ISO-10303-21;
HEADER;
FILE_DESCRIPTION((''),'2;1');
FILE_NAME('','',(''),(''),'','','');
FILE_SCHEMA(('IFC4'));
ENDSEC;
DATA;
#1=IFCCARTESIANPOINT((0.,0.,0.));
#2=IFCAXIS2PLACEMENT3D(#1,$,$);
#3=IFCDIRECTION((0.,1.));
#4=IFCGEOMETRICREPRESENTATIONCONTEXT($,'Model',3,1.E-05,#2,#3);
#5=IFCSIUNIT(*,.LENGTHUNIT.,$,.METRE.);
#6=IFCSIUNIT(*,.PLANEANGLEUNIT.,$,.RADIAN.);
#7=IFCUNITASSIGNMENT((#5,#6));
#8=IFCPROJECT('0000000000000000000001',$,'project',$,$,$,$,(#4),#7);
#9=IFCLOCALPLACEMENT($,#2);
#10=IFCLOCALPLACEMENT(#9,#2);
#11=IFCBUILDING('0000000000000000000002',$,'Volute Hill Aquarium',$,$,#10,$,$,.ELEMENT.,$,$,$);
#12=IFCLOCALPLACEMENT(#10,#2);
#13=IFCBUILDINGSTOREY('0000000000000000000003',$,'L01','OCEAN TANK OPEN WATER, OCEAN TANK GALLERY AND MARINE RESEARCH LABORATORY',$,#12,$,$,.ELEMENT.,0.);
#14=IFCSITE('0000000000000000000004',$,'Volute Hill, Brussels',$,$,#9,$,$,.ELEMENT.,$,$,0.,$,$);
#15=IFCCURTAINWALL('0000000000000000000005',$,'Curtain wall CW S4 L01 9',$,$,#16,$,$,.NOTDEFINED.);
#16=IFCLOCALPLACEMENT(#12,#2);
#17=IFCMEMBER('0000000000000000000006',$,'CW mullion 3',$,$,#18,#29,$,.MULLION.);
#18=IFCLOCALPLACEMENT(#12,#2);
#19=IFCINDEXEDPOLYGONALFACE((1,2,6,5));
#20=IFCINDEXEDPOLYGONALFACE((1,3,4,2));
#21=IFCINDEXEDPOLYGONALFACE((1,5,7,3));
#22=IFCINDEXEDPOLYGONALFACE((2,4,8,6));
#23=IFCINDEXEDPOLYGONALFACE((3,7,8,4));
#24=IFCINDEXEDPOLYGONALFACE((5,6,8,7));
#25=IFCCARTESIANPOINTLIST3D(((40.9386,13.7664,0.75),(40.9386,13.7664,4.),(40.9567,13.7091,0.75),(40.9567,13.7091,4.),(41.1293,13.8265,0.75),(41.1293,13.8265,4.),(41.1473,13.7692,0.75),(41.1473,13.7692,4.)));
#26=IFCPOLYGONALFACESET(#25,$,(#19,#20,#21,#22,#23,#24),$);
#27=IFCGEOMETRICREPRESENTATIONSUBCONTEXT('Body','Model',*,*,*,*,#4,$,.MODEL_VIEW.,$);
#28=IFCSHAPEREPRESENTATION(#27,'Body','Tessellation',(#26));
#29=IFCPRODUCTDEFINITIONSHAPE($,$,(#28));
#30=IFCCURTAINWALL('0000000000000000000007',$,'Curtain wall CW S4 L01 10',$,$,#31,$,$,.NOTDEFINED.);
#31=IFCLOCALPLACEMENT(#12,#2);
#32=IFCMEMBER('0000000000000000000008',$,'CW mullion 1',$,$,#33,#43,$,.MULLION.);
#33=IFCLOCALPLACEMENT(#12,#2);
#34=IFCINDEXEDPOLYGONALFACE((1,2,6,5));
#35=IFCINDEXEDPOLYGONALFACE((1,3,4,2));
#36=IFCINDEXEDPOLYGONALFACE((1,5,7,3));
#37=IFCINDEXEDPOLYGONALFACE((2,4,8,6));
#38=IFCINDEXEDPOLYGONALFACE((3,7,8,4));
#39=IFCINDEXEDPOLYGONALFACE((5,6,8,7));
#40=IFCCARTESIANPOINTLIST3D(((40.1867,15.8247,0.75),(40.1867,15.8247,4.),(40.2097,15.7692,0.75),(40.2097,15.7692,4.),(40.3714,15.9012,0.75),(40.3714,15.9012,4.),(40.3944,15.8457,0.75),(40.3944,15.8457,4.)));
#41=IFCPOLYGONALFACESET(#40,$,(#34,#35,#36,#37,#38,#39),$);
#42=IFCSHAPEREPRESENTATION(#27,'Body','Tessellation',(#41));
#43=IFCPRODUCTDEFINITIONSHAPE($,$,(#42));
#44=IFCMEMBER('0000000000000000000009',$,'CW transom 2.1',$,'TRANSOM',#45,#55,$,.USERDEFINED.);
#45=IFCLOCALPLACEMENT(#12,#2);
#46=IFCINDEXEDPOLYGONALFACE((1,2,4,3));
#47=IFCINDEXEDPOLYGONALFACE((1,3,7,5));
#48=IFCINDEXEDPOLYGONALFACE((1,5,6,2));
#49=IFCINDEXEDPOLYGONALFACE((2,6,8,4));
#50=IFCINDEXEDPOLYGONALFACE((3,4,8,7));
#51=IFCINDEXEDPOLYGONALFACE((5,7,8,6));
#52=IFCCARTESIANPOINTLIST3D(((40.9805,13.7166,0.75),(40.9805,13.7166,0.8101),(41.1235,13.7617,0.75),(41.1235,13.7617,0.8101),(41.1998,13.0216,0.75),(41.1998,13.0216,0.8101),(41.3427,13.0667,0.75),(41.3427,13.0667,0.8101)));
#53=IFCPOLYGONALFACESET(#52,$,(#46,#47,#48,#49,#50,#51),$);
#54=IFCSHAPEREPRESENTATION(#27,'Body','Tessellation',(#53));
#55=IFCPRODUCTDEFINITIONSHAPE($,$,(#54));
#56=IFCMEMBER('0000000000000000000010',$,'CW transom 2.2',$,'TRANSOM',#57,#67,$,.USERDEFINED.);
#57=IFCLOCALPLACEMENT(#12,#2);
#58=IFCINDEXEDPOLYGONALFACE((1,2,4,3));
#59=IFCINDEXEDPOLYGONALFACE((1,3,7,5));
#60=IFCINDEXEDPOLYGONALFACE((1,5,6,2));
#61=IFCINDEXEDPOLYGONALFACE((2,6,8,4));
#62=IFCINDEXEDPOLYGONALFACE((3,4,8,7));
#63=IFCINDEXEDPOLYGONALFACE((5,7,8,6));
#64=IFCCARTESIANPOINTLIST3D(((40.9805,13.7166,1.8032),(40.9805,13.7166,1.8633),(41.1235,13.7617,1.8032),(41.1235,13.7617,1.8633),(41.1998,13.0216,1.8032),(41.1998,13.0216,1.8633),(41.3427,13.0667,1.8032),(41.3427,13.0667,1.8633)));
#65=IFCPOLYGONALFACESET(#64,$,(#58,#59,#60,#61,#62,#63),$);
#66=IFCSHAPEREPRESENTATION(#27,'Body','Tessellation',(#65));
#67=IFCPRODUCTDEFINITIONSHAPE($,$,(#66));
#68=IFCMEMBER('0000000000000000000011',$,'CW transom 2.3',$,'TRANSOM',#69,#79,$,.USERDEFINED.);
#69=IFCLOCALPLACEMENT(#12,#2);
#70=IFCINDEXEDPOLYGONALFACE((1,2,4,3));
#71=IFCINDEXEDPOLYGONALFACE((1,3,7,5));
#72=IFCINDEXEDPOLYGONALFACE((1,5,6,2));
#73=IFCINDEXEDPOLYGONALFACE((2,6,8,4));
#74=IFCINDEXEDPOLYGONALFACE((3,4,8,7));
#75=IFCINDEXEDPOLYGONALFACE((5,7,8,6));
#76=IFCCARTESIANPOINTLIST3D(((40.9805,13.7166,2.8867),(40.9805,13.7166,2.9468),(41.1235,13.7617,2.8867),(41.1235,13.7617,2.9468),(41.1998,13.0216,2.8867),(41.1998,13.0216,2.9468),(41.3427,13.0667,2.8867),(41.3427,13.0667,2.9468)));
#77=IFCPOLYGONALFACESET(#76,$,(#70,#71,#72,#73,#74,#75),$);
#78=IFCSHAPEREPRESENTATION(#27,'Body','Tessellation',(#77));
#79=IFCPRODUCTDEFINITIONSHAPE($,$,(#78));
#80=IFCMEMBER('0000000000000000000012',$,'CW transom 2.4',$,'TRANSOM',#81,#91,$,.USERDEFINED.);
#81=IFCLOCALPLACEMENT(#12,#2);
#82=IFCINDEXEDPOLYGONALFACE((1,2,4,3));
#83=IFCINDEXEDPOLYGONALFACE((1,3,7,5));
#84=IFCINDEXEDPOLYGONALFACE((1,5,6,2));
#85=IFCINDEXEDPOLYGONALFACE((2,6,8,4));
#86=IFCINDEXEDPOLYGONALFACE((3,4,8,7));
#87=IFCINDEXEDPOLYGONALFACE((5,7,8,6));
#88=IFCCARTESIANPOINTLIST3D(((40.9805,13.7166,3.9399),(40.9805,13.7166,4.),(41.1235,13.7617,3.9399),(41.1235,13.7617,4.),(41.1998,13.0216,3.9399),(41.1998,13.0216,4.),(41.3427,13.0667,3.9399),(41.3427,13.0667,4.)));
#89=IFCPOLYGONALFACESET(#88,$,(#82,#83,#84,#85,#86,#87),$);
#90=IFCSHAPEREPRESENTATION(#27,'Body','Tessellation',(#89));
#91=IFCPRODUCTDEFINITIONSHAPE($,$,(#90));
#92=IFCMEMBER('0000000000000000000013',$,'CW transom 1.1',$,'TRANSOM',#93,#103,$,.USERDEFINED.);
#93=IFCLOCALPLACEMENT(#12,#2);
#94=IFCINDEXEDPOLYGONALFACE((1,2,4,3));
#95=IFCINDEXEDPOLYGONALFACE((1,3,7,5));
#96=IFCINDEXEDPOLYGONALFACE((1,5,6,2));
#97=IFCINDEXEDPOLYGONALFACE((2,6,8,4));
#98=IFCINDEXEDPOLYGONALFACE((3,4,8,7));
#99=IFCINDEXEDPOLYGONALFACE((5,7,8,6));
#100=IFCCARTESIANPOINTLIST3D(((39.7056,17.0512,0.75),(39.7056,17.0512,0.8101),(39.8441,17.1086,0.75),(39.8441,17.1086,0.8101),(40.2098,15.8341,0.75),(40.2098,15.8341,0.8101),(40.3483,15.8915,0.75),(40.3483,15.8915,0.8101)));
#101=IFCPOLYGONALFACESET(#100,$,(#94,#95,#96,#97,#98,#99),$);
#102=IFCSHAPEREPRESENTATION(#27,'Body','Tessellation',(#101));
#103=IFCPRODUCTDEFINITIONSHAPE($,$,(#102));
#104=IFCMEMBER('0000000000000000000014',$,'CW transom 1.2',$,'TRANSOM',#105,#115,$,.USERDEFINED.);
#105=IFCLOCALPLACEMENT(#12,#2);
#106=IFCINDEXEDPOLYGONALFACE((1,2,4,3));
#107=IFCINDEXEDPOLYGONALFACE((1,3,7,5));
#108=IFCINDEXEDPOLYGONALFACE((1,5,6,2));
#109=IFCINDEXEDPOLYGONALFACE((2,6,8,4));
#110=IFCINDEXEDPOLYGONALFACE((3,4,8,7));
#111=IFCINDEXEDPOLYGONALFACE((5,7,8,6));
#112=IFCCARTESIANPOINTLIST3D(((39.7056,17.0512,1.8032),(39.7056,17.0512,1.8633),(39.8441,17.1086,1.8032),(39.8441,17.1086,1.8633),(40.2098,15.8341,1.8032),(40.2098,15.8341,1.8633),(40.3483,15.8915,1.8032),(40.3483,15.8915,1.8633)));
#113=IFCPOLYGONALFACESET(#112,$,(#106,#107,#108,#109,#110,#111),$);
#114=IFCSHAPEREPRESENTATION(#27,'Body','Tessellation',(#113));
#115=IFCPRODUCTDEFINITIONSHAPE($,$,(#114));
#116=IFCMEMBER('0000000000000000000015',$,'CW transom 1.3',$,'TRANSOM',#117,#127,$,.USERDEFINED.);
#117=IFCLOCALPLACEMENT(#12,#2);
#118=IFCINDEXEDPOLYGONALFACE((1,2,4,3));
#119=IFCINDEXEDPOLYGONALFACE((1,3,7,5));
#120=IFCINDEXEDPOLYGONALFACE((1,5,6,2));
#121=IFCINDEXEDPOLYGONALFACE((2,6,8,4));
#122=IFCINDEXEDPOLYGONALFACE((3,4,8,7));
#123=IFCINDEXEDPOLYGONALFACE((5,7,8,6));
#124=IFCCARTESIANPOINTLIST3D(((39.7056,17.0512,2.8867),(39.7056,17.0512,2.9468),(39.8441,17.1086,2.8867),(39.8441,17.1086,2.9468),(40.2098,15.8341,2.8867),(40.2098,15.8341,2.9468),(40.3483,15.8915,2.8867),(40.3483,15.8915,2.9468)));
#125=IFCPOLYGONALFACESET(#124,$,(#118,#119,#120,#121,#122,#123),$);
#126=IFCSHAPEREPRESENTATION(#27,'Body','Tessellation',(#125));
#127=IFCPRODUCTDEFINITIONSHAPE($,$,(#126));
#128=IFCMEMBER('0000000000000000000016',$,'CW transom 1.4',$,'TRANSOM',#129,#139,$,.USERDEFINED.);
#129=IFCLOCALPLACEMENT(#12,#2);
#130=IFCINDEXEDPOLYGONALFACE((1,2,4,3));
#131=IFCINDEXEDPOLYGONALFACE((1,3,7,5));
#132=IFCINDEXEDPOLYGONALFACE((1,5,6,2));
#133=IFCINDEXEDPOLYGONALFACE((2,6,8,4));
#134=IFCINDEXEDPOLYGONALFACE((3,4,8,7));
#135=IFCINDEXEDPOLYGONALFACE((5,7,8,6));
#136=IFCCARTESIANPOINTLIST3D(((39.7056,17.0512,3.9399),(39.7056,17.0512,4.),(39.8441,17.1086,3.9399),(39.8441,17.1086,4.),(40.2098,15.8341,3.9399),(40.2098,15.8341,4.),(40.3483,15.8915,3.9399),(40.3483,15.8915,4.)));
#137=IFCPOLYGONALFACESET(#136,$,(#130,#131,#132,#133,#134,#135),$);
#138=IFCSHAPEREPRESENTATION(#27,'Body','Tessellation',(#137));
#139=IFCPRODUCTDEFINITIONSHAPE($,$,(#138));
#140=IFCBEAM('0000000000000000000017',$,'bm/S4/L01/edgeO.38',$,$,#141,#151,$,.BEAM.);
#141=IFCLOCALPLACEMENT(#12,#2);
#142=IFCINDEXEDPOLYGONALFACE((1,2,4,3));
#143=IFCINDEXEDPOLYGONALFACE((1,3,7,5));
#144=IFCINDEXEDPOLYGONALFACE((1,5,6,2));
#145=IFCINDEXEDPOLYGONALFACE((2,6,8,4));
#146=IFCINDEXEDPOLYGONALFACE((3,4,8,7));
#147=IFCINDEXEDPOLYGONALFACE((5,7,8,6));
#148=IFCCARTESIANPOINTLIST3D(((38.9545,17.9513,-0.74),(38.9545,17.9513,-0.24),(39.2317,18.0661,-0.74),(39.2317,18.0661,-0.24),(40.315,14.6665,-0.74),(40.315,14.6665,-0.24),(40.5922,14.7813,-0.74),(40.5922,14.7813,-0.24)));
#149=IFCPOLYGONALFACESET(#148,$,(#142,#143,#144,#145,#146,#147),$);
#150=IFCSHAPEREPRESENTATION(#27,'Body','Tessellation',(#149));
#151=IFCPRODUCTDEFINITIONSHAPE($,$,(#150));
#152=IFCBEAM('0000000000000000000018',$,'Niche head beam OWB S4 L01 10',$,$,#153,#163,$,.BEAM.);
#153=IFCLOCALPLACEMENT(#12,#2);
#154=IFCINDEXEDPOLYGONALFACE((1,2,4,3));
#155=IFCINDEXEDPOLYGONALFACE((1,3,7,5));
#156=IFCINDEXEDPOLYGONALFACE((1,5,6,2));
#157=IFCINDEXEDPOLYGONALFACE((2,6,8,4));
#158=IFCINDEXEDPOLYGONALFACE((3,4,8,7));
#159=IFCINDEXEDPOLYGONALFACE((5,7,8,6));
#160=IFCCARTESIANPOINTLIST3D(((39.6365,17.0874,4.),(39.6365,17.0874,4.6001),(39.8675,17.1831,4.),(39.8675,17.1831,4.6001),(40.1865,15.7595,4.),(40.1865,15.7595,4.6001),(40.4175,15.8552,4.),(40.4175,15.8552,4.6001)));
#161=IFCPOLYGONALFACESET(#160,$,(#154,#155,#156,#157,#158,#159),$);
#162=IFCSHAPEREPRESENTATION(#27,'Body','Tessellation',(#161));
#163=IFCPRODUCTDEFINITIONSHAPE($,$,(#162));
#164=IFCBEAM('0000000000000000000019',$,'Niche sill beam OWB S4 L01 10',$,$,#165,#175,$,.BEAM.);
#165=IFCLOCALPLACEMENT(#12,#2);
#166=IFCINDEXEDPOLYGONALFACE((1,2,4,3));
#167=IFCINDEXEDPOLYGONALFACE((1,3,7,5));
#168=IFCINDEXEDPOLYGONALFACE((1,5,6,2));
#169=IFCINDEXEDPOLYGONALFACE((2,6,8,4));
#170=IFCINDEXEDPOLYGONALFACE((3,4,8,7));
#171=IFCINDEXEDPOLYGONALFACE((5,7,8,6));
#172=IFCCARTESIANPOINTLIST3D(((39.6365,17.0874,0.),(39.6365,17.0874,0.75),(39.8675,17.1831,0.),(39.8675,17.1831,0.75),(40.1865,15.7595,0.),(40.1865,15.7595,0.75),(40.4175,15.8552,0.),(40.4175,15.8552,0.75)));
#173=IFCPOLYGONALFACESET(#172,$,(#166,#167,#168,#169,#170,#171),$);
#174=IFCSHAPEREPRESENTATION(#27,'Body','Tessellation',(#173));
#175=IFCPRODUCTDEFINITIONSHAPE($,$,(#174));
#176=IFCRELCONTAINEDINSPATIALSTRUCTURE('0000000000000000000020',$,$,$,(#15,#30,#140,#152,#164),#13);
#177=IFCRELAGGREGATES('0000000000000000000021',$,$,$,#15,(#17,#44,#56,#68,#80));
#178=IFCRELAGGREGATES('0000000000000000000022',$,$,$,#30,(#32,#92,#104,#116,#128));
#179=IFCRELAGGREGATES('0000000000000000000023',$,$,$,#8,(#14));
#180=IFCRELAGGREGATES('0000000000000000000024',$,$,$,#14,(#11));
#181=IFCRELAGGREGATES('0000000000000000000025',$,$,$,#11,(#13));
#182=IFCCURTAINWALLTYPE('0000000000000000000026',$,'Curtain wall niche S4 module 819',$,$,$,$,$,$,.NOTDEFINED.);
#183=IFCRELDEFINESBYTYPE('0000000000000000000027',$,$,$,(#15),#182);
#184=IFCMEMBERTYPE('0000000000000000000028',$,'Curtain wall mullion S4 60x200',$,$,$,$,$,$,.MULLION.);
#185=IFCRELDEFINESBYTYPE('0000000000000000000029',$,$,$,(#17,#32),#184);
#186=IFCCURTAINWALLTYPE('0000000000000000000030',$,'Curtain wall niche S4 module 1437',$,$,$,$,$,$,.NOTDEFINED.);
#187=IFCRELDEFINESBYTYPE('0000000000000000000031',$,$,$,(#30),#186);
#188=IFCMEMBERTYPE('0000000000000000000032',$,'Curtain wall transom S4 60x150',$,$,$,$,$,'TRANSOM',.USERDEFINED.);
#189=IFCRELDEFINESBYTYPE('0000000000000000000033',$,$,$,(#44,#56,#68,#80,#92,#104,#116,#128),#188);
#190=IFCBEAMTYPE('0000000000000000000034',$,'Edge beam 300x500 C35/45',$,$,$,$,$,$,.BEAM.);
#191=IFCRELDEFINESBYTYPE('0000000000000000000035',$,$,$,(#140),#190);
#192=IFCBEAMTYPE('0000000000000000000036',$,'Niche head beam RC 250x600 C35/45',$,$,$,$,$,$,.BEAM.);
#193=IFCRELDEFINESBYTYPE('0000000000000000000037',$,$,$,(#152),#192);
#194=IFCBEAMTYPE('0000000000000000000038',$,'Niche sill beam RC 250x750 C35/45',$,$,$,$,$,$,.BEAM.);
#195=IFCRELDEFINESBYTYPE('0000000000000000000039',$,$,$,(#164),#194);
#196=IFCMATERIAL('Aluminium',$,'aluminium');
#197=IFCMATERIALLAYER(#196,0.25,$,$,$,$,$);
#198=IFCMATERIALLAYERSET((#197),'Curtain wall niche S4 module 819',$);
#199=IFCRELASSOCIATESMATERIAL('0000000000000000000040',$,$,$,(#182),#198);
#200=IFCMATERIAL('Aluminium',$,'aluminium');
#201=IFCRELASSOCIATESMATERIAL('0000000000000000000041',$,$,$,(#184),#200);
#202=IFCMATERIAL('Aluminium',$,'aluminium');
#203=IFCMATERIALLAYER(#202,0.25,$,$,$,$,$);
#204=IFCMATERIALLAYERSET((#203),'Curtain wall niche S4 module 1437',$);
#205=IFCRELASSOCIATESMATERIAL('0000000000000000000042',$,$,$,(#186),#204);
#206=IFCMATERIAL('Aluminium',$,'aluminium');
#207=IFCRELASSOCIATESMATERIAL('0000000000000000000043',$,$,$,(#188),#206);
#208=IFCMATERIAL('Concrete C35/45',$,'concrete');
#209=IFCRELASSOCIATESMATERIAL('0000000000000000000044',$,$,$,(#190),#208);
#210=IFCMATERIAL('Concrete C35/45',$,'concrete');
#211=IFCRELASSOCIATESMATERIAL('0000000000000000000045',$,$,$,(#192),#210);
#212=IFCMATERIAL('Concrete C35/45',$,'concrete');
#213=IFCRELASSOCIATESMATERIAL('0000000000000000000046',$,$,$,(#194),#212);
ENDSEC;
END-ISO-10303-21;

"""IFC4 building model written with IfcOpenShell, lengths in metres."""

from ifc_helpers import new_model, si_unit, direction, frame, origin, origin_2d, place, context, subcontext, project, spatial, rectangle, extrude, material, layer, layer_set, material_profile, profile_set, type_object, element, aggregate, save


model = new_model("IFC4")

# Units and contexts
model_context = context("Model", 3, precision=1e-05, world=origin(), true_north=direction((0.0, 1.0)))
body_context = subcontext(model_context, "Body", "Model", "MODEL_VIEW")
ifc_project = project(units=[si_unit("LENGTHUNIT", "METRE"), si_unit("PLANEANGLEUNIT", "RADIAN")], contexts=[model_context])

# Site, building, storey
site_placement = place(None, origin())
site = spatial("IfcSite", under=ifc_project, at=site_placement, Name="Volute Hill, Brussels", CompositionType="ELEMENT", RefElevation=0.0)
building_placement = place(site_placement, origin())
building = spatial("IfcBuilding", under=site, at=building_placement, Name="Volute Hill Aquarium", CompositionType="ELEMENT")
storey_placement = place(building_placement, origin())
storey = spatial("IfcBuildingStorey", under=building, at=storey_placement, Name="L01", Description="OCEAN TANK OPEN WATER, OCEAN TANK GALLERY AND MARINE RESEARCH LABORATORY", CompositionType="ELEMENT", Elevation=0.0)

# Curtain walls, members
ifc_material_1 = material(Name="Aluminium", Category="aluminium")
ifc_layer_1 = layer(ifc_material_1, 0.25)
ifc_layer_set_1 = layer_set([ifc_layer_1], Name="Curtain wall niche S4 module 819")
curtain_wall_type_1 = type_object("IfcCurtainWallType", Name="Curtain wall niche S4 module 819", PredefinedType="NOTDEFINED", material=ifc_layer_set_1)
curtain_wall_1_placement = place(storey_placement, origin())
curtain_wall_1 = element("IfcCurtainWall", 1, at=curtain_wall_1_placement, inside=storey, type_object=curtain_wall_type_1, Name="Curtain wall CW S4 L01 9", PredefinedType="NOTDEFINED")
ifc_material_2 = material(Name="Aluminium", Category="aluminium")
ifc_material_profile_1 = material_profile(ifc_material_2, rectangle(XDim=0.2, YDim=0.0601, at=origin_2d()), Name="Curtain wall mullion S4 60x200")
ifc_profile_set_1 = profile_set([ifc_material_profile_1], Name="Aluminium")
member_type_1 = type_object("IfcMemberType", Name="Curtain wall mullion S4 60x200", PredefinedType="MULLION", material=ifc_profile_set_1)
member_1_placement = place(storey_placement, frame((41.043, 13.7678, 0.75), z_axis=(0.0, 0.0, 1.0), x_axis=(-0.953716, -0.30071, 0.0)))
member_1 = element("IfcMember", 2, at=member_1_placement, type_object=member_type_1, Name="CW mullion 3", PredefinedType="MULLION", context=body_context, shape_type="SweptSolid", body=[
    extrude(rectangle(XDim=0.2, YDim=0.0601, at=origin_2d()), origin(), (0.0, 0.0, 1.0), 3.25),
])
ifc_material_3 = material(Name="Aluminium", Category="aluminium")
ifc_layer_2 = layer(ifc_material_3, 0.25)
ifc_layer_set_2 = layer_set([ifc_layer_2], Name="Curtain wall niche S4 module 1437")
curtain_wall_type_2 = type_object("IfcCurtainWallType", Name="Curtain wall niche S4 module 1437", PredefinedType="NOTDEFINED", material=ifc_layer_set_2)
curtain_wall_2_placement = place(storey_placement, origin())
curtain_wall_2 = element("IfcCurtainWall", 3, at=curtain_wall_2_placement, inside=storey, type_object=curtain_wall_type_2, Name="Curtain wall CW S4 L01 10", PredefinedType="NOTDEFINED")
member_2_placement = place(storey_placement, frame((40.2905, 15.8352, 0.75), z_axis=(0.0, 0.0, 1.0), x_axis=(-0.923874, -0.382697, 0.0)))
member_2 = element("IfcMember", 4, at=member_2_placement, type_object=member_type_1, Name="CW mullion 1", PredefinedType="MULLION", context=body_context, shape_type="SweptSolid", body=[
    extrude(rectangle(XDim=0.2, YDim=0.0601, at=origin_2d()), origin(), (0.0, 0.0, 1.0), 3.25),
])

# Members
ifc_material_4 = material(Name="Aluminium", Category="aluminium")
ifc_material_profile_2 = material_profile(ifc_material_4, rectangle(XDim=0.1499, YDim=0.0601, at=origin_2d()), Name="Curtain wall transom S4 60x150")
ifc_profile_set_2 = profile_set([ifc_material_profile_2], Name="Aluminium")
member_type_2 = type_object("IfcMemberType", Name="Curtain wall transom S4 60x150", ElementType="TRANSOM", PredefinedType="USERDEFINED", material=ifc_profile_set_2)
member_3_placement = place(storey_placement, frame((41.2712, 13.0442, 0.78), z_axis=(-0.300811, 0.953684, 0.0), x_axis=(-0.953684, -0.300811, 0.0)))
member_3 = element("IfcMember", 5, at=member_3_placement, type_object=member_type_2, Name="CW transom 2.1", ObjectType="TRANSOM", PredefinedType="USERDEFINED", context=body_context, shape_type="SweptSolid", body=[
    extrude(rectangle(XDim=0.1499, YDim=0.0601, at=origin_2d()), origin(), (0.0, 0.0, 1.0), 0.7288),
])
member_4_placement = place(storey_placement, frame((41.2712, 13.0442, 1.8333), z_axis=(-0.300811, 0.953684, 0.0), x_axis=(-0.953684, -0.300811, 0.0)))
member_4 = element("IfcMember", 6, at=member_4_placement, type_object=member_type_2, Name="CW transom 2.2", ObjectType="TRANSOM", PredefinedType="USERDEFINED", context=body_context, shape_type="SweptSolid", body=[
    extrude(rectangle(XDim=0.1499, YDim=0.0601, at=origin_2d()), origin(), (0.0, 0.0, 1.0), 0.7288),
])
member_5_placement = place(storey_placement, frame((41.2712, 13.0442, 2.9167), z_axis=(-0.300811, 0.953684, 0.0), x_axis=(-0.953684, -0.300811, 0.0)))
member_5 = element("IfcMember", 7, at=member_5_placement, type_object=member_type_2, Name="CW transom 2.3", ObjectType="TRANSOM", PredefinedType="USERDEFINED", context=body_context, shape_type="SweptSolid", body=[
    extrude(rectangle(XDim=0.1499, YDim=0.0601, at=origin_2d()), origin(), (0.0, 0.0, 1.0), 0.7288),
])
member_6_placement = place(storey_placement, frame((41.2712, 13.0442, 3.97), z_axis=(-0.300811, 0.953684, 0.0), x_axis=(-0.953684, -0.300811, 0.0)))
member_6 = element("IfcMember", 8, at=member_6_placement, type_object=member_type_2, Name="CW transom 2.4", ObjectType="TRANSOM", PredefinedType="USERDEFINED", context=body_context, shape_type="SweptSolid", body=[
    extrude(rectangle(XDim=0.1499, YDim=0.0601, at=origin_2d()), origin(), (0.0, 0.0, 1.0), 0.7288),
])
member_7_placement = place(storey_placement, frame((40.2791, 15.8628, 0.78), z_axis=(-0.382706, 0.92387, 0.0), x_axis=(-0.92387, -0.382706, 0.0)))
member_7 = element("IfcMember", 9, at=member_7_placement, type_object=member_type_2, Name="CW transom 1.1", ObjectType="TRANSOM", PredefinedType="USERDEFINED", context=body_context, shape_type="SweptSolid", body=[
    extrude(rectangle(XDim=0.1499, YDim=0.0601, at=origin_2d()), origin(), (0.0, 0.0, 1.0), 1.3174),
])
member_8_placement = place(storey_placement, frame((40.2791, 15.8628, 1.8333), z_axis=(-0.382706, 0.92387, 0.0), x_axis=(-0.92387, -0.382706, 0.0)))
member_8 = element("IfcMember", 10, at=member_8_placement, type_object=member_type_2, Name="CW transom 1.2", ObjectType="TRANSOM", PredefinedType="USERDEFINED", context=body_context, shape_type="SweptSolid", body=[
    extrude(rectangle(XDim=0.1499, YDim=0.0601, at=origin_2d()), origin(), (0.0, 0.0, 1.0), 1.3174),
])
member_9_placement = place(storey_placement, frame((40.2791, 15.8628, 2.9167), z_axis=(-0.382706, 0.92387, 0.0), x_axis=(-0.92387, -0.382706, 0.0)))
member_9 = element("IfcMember", 11, at=member_9_placement, type_object=member_type_2, Name="CW transom 1.3", ObjectType="TRANSOM", PredefinedType="USERDEFINED", context=body_context, shape_type="SweptSolid", body=[
    extrude(rectangle(XDim=0.1499, YDim=0.0601, at=origin_2d()), origin(), (0.0, 0.0, 1.0), 1.3174),
])
member_10_placement = place(storey_placement, frame((40.2791, 15.8628, 3.97), z_axis=(-0.382706, 0.92387, 0.0), x_axis=(-0.92387, -0.382706, 0.0)))
member_10 = element("IfcMember", 12, at=member_10_placement, type_object=member_type_2, Name="CW transom 1.4", ObjectType="TRANSOM", PredefinedType="USERDEFINED", context=body_context, shape_type="SweptSolid", body=[
    extrude(rectangle(XDim=0.1499, YDim=0.0601, at=origin_2d()), origin(), (0.0, 0.0, 1.0), 1.3174),
])

# Beams
ifc_material_5 = material(Name="Concrete C35/45", Category="concrete")
ifc_material_profile_3 = material_profile(ifc_material_5, rectangle(XDim=0.3, YDim=0.5, at=origin_2d()), Name="RC edge beam 300x500")
ifc_profile_set_3 = profile_set([ifc_material_profile_3], Name="Concrete C35/45")
beam_type_1 = type_object("IfcBeamType", Name="Edge beam 300x500 C35/45", PredefinedType="BEAM", material=ifc_profile_set_3)
beam_1_placement = place(storey_placement, frame((40.4536, 14.7239, -0.49), z_axis=(-0.382669, 0.923885, 0.0), x_axis=(-0.923885, -0.382669, 0.0)))
element("IfcBeam", 13, at=beam_1_placement, inside=storey, type_object=beam_type_1, Name="bm/S4/L01/edgeO.38", PredefinedType="BEAM", context=body_context, shape_type="SweptSolid", body=[
    extrude(rectangle(XDim=0.3, YDim=0.5, at=origin_2d()), origin(), (0.0, 0.0, 1.0), 3.5554),
])
ifc_material_6 = material(Name="Concrete C35/45", Category="concrete")
ifc_material_profile_4 = material_profile(ifc_material_6, rectangle(XDim=0.25, YDim=0.6001, at=origin_2d()), Name="RC beam 250x600")
ifc_profile_set_4 = profile_set([ifc_material_profile_4], Name="Concrete C35/45")
beam_type_2 = type_object("IfcBeamType", Name="Niche head beam RC 250x600 C35/45", PredefinedType="BEAM", material=ifc_profile_set_4)
beam_2_placement = place(storey_placement, frame((40.302, 15.8074, 4.3), z_axis=(-0.382697, 0.923874, 0.0), x_axis=(-0.923874, -0.382697, 0.0)))
element("IfcBeam", 14, at=beam_2_placement, inside=storey, type_object=beam_type_2, Name="Niche head beam OWB S4 L01 10", PredefinedType="BEAM", context=body_context, shape_type="SweptSolid", body=[
    extrude(rectangle(XDim=0.25, YDim=0.6001, at=origin_2d()), origin(), (0.0, 0.0, 1.0), 1.4373),
])
ifc_material_7 = material(Name="Concrete C35/45", Category="concrete")
ifc_material_profile_5 = material_profile(ifc_material_7, rectangle(XDim=0.25, YDim=0.75, at=origin_2d()), Name="RC beam 250x750")
ifc_profile_set_5 = profile_set([ifc_material_profile_5], Name="Concrete C35/45")
beam_type_3 = type_object("IfcBeamType", Name="Niche sill beam RC 250x750 C35/45", PredefinedType="BEAM", material=ifc_profile_set_5)
beam_3_placement = place(storey_placement, frame((40.302, 15.8074, 0.375), z_axis=(-0.382697, 0.923874, 0.0), x_axis=(-0.923874, -0.382697, 0.0)))
element("IfcBeam", 15, at=beam_3_placement, inside=storey, type_object=beam_type_3, Name="Niche sill beam OWB S4 L01 10", PredefinedType="BEAM", context=body_context, shape_type="SweptSolid", body=[
    extrude(rectangle(XDim=0.25, YDim=0.75, at=origin_2d()), origin(), (0.0, 0.0, 1.0), 1.4373),
])

aggregate(curtain_wall_1, [member_1, member_3, member_4, member_5, member_6])
aggregate(curtain_wall_2, [member_2, member_7, member_8, member_9, member_10])

save(model, "model.ifc")
